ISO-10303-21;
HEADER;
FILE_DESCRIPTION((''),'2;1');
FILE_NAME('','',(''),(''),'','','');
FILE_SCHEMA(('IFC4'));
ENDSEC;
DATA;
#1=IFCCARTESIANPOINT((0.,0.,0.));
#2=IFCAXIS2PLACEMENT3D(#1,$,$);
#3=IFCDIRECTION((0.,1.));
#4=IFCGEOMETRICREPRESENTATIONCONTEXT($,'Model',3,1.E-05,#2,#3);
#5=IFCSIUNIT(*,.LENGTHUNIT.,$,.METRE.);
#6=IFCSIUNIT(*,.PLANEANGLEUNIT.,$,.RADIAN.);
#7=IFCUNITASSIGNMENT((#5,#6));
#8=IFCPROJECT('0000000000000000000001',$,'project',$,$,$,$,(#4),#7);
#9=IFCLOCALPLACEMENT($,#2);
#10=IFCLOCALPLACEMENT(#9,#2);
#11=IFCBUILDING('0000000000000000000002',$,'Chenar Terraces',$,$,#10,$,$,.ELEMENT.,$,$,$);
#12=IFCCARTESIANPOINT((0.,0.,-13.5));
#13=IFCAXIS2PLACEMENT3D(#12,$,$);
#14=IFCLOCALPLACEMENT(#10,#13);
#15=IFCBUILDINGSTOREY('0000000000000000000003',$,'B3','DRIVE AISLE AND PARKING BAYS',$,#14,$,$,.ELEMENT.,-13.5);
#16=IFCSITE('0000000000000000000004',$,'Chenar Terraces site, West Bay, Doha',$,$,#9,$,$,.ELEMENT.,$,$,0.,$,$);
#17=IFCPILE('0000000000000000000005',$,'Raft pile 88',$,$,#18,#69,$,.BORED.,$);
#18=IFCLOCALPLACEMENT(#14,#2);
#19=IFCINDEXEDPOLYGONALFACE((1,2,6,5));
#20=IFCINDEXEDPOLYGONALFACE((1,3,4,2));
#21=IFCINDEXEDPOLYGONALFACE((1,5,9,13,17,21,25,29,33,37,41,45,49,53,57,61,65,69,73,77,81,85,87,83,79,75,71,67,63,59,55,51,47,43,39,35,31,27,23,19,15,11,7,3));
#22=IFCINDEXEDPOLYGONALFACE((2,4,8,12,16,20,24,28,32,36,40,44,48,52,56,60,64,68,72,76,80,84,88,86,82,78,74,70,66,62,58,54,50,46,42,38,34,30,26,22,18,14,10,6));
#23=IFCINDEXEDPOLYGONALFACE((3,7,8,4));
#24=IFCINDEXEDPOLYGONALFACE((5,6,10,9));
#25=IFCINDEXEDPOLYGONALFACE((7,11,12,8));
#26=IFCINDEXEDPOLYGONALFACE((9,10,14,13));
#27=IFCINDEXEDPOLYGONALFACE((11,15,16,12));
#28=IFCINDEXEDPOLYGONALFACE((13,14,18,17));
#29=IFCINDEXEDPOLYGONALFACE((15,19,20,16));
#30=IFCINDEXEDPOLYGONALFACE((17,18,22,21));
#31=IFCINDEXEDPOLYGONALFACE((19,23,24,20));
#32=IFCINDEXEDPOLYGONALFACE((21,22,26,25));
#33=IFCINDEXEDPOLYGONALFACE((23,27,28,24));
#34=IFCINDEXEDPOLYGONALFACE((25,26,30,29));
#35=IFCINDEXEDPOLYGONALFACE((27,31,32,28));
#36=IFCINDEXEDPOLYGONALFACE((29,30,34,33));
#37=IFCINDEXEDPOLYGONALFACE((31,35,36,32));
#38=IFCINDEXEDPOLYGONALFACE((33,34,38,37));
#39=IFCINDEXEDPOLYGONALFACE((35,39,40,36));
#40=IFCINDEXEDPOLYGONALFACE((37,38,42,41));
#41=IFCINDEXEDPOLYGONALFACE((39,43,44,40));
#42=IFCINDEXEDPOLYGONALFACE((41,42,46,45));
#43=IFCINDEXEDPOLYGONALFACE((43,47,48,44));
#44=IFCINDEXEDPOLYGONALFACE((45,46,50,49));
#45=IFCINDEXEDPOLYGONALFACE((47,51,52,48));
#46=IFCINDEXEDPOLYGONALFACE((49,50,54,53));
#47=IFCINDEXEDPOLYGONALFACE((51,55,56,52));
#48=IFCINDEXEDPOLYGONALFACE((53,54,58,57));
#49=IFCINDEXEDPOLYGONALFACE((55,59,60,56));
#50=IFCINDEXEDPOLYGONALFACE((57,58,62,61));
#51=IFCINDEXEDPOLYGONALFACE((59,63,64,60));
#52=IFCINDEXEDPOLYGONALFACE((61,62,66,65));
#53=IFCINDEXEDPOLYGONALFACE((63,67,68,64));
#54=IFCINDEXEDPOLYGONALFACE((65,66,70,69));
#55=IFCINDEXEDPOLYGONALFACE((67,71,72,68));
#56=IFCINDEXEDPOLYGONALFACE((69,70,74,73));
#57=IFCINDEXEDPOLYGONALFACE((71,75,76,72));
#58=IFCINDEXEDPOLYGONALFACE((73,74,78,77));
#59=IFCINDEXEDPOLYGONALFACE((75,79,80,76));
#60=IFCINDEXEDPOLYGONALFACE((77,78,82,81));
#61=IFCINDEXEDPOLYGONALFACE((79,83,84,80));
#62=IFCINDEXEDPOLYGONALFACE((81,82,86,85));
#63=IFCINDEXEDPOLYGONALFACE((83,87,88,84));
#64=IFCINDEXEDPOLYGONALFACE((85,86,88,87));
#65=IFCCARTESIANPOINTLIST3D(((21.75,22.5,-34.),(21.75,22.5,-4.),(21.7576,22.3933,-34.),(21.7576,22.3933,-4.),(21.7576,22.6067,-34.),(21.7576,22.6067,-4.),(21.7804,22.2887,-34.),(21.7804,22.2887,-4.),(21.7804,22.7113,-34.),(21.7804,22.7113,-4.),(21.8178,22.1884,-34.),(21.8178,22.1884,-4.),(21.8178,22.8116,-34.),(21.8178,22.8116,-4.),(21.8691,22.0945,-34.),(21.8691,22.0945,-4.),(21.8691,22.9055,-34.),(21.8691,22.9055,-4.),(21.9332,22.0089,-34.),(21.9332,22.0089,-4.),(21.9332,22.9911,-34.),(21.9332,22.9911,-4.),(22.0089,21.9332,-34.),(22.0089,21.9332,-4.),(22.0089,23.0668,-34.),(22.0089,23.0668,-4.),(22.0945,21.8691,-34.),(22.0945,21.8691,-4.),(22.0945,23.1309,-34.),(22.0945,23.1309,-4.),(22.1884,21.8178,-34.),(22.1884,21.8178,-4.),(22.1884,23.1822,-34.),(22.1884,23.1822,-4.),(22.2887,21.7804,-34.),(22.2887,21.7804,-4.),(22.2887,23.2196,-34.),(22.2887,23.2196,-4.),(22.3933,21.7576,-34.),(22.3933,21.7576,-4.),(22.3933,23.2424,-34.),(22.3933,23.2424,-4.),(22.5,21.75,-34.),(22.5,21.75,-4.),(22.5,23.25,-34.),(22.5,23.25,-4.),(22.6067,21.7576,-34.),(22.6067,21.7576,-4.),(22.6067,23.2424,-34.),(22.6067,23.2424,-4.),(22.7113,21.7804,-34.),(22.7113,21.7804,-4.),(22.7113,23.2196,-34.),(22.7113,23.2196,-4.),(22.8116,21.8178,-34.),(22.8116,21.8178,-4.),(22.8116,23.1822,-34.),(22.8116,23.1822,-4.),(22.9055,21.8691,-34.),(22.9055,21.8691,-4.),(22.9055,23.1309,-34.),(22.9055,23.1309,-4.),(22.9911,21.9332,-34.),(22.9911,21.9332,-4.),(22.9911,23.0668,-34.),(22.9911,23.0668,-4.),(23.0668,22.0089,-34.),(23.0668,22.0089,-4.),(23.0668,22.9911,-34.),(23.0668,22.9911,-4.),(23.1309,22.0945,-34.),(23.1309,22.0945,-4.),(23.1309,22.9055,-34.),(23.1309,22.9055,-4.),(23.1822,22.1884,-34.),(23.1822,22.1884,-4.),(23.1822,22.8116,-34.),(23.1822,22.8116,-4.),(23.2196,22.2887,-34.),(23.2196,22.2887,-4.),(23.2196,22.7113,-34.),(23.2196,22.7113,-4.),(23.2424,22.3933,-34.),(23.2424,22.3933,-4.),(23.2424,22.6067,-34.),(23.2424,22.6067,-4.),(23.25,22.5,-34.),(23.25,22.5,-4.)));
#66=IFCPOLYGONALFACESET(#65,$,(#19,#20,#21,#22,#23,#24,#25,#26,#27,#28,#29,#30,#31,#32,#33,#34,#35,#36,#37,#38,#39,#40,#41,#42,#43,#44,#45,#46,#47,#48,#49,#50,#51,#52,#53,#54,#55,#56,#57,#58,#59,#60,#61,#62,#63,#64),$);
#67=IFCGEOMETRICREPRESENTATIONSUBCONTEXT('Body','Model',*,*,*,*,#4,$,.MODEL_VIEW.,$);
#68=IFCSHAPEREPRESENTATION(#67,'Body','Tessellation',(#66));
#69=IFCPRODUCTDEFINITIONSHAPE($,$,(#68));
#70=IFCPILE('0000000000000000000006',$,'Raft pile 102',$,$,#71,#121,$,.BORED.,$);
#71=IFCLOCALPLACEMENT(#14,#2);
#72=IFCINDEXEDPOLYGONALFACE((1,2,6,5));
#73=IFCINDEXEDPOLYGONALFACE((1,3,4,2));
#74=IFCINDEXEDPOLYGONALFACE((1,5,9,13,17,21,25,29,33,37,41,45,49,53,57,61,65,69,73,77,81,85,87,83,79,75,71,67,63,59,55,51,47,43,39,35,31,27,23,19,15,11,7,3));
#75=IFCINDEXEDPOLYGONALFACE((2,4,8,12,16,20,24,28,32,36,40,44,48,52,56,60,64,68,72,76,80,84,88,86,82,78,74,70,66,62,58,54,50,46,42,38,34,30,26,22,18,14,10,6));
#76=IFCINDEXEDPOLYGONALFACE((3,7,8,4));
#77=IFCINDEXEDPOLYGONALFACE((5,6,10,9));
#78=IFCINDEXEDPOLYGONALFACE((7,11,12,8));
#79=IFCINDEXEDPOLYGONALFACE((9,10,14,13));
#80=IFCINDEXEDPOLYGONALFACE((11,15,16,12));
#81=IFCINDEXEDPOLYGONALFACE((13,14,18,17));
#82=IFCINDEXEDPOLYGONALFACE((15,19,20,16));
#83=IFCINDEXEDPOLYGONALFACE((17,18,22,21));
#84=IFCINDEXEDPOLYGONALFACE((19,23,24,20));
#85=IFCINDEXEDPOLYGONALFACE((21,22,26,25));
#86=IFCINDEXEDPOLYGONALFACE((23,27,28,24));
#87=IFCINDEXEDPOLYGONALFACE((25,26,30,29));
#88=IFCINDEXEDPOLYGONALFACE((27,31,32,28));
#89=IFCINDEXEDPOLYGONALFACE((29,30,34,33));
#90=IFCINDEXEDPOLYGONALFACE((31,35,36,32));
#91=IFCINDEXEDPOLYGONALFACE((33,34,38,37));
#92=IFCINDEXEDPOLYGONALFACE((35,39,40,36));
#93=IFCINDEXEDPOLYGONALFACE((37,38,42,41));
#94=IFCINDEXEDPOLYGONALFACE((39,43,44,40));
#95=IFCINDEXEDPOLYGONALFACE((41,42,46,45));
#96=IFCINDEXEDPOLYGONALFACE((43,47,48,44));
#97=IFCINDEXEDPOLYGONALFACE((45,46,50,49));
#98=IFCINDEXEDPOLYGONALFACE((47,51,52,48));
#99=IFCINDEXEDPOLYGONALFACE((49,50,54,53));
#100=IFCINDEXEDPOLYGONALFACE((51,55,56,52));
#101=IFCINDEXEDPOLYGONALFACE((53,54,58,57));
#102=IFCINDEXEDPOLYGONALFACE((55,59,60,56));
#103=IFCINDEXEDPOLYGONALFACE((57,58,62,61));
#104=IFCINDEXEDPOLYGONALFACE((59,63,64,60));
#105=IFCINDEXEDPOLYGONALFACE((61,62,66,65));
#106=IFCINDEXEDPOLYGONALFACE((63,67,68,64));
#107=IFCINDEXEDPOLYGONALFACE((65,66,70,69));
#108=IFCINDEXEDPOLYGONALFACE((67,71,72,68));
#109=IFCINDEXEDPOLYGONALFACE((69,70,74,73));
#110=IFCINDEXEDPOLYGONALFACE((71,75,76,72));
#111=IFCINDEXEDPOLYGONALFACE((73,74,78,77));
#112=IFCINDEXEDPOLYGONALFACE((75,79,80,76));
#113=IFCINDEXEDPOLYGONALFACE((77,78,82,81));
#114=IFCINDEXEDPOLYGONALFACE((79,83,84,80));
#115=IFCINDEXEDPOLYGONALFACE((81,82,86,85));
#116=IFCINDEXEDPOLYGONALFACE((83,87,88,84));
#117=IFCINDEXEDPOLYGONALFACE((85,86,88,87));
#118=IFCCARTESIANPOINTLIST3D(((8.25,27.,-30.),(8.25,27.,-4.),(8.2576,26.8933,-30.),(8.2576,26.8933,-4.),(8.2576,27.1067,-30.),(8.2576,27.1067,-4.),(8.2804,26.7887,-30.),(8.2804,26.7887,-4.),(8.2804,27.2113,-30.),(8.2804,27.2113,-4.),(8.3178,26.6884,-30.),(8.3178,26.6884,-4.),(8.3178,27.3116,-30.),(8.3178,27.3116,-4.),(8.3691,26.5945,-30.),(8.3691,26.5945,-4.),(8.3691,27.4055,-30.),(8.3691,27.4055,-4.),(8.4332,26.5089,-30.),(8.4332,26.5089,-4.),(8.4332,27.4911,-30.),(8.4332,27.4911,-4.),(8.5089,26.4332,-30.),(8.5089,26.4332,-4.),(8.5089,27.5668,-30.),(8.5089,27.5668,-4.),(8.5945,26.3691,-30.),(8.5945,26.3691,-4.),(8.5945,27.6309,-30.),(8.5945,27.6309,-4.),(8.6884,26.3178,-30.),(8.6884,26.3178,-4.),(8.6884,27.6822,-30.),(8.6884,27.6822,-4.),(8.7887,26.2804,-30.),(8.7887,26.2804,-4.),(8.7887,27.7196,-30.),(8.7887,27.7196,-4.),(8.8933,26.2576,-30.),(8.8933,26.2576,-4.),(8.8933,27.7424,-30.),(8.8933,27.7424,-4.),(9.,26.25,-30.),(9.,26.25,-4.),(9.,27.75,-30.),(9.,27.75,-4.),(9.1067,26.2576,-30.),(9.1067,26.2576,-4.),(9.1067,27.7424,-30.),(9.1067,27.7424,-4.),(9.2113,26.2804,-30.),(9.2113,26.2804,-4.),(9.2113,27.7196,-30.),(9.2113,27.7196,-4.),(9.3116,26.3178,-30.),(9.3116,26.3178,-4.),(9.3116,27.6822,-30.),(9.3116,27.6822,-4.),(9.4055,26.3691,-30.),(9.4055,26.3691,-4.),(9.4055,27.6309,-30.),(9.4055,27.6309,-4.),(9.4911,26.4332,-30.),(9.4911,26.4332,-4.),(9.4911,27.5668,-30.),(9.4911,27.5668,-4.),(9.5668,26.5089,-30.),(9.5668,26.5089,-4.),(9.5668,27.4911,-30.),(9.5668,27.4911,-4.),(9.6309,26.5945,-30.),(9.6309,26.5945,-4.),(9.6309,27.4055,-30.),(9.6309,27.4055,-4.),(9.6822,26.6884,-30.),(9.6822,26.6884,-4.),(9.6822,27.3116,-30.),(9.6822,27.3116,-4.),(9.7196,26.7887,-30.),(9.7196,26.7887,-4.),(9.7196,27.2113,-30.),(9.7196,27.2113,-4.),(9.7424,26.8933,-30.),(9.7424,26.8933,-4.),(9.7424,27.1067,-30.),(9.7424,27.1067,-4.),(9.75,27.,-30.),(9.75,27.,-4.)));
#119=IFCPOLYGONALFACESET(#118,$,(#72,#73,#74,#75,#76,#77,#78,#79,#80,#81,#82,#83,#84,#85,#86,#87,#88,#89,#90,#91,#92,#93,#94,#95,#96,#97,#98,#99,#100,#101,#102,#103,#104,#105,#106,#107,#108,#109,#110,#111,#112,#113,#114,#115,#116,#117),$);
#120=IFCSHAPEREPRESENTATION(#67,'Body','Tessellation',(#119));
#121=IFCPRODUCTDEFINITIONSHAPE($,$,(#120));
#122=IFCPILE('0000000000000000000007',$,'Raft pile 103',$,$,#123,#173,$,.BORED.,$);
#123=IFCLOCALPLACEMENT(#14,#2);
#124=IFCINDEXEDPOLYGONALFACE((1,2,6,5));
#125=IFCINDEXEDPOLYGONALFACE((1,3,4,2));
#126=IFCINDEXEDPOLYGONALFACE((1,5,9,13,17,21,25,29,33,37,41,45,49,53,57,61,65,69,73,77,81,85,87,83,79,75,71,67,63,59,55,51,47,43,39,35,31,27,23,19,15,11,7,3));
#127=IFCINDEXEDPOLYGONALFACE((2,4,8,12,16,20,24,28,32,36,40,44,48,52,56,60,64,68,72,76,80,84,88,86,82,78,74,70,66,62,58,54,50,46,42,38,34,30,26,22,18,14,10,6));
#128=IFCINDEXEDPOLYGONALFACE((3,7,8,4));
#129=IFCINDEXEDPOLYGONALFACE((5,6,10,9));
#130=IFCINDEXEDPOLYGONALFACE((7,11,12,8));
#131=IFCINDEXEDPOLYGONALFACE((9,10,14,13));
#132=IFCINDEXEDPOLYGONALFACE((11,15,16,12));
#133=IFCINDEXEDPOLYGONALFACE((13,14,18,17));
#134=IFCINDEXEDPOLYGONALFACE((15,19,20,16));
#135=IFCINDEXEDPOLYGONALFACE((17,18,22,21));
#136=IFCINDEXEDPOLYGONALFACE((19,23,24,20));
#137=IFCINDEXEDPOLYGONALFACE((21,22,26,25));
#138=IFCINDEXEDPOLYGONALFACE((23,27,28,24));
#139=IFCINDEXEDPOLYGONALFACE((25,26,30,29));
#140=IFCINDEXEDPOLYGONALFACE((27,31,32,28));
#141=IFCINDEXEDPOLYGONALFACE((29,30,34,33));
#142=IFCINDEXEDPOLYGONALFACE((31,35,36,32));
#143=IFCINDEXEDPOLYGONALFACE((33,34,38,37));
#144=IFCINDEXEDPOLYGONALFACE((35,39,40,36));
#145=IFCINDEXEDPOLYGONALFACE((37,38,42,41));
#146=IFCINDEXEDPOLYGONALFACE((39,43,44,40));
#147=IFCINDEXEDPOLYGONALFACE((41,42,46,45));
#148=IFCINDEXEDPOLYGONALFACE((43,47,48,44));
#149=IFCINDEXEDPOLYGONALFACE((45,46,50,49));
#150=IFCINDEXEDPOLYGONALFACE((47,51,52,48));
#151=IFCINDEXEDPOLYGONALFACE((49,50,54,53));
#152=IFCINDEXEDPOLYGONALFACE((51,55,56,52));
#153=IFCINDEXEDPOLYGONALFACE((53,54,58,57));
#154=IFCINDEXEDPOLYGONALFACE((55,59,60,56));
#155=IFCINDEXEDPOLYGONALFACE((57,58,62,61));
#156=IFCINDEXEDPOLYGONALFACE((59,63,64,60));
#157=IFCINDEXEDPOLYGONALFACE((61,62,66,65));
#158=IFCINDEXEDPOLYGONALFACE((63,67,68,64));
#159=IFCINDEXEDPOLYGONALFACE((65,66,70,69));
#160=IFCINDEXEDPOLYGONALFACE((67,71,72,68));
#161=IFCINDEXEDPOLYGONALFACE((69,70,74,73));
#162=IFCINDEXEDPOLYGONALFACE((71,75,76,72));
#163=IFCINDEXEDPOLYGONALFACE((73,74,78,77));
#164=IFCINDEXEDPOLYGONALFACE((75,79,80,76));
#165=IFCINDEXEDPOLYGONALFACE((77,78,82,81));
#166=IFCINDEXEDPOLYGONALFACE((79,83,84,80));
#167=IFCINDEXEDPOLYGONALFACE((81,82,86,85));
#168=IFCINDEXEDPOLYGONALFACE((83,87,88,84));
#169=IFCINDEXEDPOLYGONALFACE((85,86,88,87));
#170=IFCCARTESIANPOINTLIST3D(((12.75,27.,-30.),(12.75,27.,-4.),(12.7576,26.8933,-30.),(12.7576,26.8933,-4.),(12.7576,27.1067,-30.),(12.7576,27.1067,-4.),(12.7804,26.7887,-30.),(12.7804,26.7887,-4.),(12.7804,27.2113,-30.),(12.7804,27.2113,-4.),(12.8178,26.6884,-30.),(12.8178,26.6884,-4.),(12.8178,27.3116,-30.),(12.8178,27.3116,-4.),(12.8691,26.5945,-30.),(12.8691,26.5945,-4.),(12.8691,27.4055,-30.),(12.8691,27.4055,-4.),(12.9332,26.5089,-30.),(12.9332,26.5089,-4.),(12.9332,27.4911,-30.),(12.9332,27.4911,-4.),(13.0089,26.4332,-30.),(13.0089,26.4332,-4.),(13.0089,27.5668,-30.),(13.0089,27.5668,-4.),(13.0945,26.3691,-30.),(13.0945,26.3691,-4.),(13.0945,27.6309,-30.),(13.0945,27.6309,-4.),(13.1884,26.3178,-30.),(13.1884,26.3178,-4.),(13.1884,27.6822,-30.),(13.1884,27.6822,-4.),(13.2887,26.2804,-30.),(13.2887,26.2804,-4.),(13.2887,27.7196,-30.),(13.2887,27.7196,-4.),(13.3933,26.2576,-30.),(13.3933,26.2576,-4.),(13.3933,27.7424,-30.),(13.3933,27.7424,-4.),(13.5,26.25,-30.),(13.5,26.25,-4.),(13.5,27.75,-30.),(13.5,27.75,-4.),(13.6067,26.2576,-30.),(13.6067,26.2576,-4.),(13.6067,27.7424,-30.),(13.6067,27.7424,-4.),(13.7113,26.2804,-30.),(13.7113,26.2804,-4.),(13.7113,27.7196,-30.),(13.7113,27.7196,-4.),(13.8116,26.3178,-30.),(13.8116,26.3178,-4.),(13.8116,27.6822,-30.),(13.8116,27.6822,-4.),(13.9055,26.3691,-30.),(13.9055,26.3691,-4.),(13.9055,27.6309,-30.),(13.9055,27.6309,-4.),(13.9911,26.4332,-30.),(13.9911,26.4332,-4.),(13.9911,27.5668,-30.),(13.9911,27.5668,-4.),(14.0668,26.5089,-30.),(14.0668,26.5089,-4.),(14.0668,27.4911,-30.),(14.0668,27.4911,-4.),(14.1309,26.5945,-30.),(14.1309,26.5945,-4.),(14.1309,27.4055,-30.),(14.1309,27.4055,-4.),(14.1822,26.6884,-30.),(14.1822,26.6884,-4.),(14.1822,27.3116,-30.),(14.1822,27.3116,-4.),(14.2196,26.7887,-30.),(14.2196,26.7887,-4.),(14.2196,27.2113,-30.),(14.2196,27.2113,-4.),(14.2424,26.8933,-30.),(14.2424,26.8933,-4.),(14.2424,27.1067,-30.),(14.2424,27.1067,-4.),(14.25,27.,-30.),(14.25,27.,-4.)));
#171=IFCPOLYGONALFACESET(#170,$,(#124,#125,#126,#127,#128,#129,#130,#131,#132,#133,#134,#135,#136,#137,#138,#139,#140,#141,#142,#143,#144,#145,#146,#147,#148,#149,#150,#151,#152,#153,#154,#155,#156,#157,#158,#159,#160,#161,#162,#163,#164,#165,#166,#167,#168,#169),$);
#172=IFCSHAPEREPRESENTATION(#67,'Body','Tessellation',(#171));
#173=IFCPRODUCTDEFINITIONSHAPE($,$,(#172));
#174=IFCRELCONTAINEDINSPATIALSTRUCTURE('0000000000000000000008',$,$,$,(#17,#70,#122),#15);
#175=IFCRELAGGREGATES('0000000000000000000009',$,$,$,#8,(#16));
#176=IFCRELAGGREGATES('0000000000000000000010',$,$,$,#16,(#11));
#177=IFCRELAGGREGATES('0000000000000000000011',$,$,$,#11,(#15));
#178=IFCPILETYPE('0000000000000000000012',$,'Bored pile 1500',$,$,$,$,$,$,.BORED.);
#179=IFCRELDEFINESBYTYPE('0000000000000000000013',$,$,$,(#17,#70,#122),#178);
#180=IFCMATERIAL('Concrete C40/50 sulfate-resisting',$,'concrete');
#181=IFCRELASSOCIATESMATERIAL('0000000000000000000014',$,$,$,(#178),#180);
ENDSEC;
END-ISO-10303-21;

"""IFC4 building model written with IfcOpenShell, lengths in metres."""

from ifc_helpers import new_model, si_unit, direction, frame, origin, origin_2d, place, context, subcontext, project, spatial, circle, extrude, material, material_profile, profile_set, type_object, element, save


model = new_model("IFC4")

# Units and contexts
model_context = context("Model", 3, precision=1e-05, world=origin(), true_north=direction((0.0, 1.0)))
body_context = subcontext(model_context, "Body", "Model", "MODEL_VIEW")
ifc_project = project(units=[si_unit("LENGTHUNIT", "METRE"), si_unit("PLANEANGLEUNIT", "RADIAN")], contexts=[model_context])

# Site, building, storey
site_placement = place(None, origin())
site = spatial("IfcSite", under=ifc_project, at=site_placement, Name="Chenar Terraces site, West Bay, Doha", CompositionType="ELEMENT", RefElevation=0.0)
building_placement = place(site_placement, origin())
building = spatial("IfcBuilding", under=site, at=building_placement, Name="Chenar Terraces", CompositionType="ELEMENT")
storey_placement = place(building_placement, frame((0.0, 0.0, -13.5)))
storey = spatial("IfcBuildingStorey", under=building, at=storey_placement, Name="B3", Description="DRIVE AISLE AND PARKING BAYS", CompositionType="ELEMENT", Elevation=-13.5)

# Piles
ifc_material_1 = material(Name="Concrete C40/50 sulfate-resisting", Category="concrete")
ifc_material_profile_1 = material_profile(ifc_material_1, circle(Radius=0.75, at=origin_2d()), Name="BP 1500")
ifc_profile_set_1 = profile_set([ifc_material_profile_1], Name="Concrete C40/50 sulfate-resisting")
pile_type = type_object("IfcPileType", Name="Bored pile 1500", PredefinedType="BORED", material=ifc_profile_set_1)
for number, where, z_axis, x_axis, name in (
    (1, (22.5, 22.5, -4.0), (0.0, 0.0, -1.0), (1.0, 0.0, 0.0), "Raft pile 88"),
):
    element("IfcPile", number, at=place(storey_placement, frame(where, z_axis=z_axis, x_axis=x_axis)), inside=storey, type_object=pile_type, Name=name, PredefinedType="BORED", context=body_context, shape_type="SweptSolid", body=[
        extrude(circle(Radius=0.75, at=origin_2d()), origin(), (0.0, 0.0, 1.0), 30.0),
    ])
for number, where, z_axis, x_axis, name in (
    (2, (9.0, 27.0, -4.0), (0.0, 0.0, -1.0), (1.0, 0.0, 0.0), "Raft pile 102"),
    (3, (13.5, 27.0, -4.0), (0.0, 0.0, -1.0), (1.0, 0.0, 0.0), "Raft pile 103"),
):
    element("IfcPile", number, at=place(storey_placement, frame(where, z_axis=z_axis, x_axis=x_axis)), inside=storey, type_object=pile_type, Name=name, PredefinedType="BORED", context=body_context, shape_type="SweptSolid", body=[
        extrude(circle(Radius=0.75, at=origin_2d()), origin(), (0.0, 0.0, 1.0), 26.0),
    ])

save(model, "model.ifc")
